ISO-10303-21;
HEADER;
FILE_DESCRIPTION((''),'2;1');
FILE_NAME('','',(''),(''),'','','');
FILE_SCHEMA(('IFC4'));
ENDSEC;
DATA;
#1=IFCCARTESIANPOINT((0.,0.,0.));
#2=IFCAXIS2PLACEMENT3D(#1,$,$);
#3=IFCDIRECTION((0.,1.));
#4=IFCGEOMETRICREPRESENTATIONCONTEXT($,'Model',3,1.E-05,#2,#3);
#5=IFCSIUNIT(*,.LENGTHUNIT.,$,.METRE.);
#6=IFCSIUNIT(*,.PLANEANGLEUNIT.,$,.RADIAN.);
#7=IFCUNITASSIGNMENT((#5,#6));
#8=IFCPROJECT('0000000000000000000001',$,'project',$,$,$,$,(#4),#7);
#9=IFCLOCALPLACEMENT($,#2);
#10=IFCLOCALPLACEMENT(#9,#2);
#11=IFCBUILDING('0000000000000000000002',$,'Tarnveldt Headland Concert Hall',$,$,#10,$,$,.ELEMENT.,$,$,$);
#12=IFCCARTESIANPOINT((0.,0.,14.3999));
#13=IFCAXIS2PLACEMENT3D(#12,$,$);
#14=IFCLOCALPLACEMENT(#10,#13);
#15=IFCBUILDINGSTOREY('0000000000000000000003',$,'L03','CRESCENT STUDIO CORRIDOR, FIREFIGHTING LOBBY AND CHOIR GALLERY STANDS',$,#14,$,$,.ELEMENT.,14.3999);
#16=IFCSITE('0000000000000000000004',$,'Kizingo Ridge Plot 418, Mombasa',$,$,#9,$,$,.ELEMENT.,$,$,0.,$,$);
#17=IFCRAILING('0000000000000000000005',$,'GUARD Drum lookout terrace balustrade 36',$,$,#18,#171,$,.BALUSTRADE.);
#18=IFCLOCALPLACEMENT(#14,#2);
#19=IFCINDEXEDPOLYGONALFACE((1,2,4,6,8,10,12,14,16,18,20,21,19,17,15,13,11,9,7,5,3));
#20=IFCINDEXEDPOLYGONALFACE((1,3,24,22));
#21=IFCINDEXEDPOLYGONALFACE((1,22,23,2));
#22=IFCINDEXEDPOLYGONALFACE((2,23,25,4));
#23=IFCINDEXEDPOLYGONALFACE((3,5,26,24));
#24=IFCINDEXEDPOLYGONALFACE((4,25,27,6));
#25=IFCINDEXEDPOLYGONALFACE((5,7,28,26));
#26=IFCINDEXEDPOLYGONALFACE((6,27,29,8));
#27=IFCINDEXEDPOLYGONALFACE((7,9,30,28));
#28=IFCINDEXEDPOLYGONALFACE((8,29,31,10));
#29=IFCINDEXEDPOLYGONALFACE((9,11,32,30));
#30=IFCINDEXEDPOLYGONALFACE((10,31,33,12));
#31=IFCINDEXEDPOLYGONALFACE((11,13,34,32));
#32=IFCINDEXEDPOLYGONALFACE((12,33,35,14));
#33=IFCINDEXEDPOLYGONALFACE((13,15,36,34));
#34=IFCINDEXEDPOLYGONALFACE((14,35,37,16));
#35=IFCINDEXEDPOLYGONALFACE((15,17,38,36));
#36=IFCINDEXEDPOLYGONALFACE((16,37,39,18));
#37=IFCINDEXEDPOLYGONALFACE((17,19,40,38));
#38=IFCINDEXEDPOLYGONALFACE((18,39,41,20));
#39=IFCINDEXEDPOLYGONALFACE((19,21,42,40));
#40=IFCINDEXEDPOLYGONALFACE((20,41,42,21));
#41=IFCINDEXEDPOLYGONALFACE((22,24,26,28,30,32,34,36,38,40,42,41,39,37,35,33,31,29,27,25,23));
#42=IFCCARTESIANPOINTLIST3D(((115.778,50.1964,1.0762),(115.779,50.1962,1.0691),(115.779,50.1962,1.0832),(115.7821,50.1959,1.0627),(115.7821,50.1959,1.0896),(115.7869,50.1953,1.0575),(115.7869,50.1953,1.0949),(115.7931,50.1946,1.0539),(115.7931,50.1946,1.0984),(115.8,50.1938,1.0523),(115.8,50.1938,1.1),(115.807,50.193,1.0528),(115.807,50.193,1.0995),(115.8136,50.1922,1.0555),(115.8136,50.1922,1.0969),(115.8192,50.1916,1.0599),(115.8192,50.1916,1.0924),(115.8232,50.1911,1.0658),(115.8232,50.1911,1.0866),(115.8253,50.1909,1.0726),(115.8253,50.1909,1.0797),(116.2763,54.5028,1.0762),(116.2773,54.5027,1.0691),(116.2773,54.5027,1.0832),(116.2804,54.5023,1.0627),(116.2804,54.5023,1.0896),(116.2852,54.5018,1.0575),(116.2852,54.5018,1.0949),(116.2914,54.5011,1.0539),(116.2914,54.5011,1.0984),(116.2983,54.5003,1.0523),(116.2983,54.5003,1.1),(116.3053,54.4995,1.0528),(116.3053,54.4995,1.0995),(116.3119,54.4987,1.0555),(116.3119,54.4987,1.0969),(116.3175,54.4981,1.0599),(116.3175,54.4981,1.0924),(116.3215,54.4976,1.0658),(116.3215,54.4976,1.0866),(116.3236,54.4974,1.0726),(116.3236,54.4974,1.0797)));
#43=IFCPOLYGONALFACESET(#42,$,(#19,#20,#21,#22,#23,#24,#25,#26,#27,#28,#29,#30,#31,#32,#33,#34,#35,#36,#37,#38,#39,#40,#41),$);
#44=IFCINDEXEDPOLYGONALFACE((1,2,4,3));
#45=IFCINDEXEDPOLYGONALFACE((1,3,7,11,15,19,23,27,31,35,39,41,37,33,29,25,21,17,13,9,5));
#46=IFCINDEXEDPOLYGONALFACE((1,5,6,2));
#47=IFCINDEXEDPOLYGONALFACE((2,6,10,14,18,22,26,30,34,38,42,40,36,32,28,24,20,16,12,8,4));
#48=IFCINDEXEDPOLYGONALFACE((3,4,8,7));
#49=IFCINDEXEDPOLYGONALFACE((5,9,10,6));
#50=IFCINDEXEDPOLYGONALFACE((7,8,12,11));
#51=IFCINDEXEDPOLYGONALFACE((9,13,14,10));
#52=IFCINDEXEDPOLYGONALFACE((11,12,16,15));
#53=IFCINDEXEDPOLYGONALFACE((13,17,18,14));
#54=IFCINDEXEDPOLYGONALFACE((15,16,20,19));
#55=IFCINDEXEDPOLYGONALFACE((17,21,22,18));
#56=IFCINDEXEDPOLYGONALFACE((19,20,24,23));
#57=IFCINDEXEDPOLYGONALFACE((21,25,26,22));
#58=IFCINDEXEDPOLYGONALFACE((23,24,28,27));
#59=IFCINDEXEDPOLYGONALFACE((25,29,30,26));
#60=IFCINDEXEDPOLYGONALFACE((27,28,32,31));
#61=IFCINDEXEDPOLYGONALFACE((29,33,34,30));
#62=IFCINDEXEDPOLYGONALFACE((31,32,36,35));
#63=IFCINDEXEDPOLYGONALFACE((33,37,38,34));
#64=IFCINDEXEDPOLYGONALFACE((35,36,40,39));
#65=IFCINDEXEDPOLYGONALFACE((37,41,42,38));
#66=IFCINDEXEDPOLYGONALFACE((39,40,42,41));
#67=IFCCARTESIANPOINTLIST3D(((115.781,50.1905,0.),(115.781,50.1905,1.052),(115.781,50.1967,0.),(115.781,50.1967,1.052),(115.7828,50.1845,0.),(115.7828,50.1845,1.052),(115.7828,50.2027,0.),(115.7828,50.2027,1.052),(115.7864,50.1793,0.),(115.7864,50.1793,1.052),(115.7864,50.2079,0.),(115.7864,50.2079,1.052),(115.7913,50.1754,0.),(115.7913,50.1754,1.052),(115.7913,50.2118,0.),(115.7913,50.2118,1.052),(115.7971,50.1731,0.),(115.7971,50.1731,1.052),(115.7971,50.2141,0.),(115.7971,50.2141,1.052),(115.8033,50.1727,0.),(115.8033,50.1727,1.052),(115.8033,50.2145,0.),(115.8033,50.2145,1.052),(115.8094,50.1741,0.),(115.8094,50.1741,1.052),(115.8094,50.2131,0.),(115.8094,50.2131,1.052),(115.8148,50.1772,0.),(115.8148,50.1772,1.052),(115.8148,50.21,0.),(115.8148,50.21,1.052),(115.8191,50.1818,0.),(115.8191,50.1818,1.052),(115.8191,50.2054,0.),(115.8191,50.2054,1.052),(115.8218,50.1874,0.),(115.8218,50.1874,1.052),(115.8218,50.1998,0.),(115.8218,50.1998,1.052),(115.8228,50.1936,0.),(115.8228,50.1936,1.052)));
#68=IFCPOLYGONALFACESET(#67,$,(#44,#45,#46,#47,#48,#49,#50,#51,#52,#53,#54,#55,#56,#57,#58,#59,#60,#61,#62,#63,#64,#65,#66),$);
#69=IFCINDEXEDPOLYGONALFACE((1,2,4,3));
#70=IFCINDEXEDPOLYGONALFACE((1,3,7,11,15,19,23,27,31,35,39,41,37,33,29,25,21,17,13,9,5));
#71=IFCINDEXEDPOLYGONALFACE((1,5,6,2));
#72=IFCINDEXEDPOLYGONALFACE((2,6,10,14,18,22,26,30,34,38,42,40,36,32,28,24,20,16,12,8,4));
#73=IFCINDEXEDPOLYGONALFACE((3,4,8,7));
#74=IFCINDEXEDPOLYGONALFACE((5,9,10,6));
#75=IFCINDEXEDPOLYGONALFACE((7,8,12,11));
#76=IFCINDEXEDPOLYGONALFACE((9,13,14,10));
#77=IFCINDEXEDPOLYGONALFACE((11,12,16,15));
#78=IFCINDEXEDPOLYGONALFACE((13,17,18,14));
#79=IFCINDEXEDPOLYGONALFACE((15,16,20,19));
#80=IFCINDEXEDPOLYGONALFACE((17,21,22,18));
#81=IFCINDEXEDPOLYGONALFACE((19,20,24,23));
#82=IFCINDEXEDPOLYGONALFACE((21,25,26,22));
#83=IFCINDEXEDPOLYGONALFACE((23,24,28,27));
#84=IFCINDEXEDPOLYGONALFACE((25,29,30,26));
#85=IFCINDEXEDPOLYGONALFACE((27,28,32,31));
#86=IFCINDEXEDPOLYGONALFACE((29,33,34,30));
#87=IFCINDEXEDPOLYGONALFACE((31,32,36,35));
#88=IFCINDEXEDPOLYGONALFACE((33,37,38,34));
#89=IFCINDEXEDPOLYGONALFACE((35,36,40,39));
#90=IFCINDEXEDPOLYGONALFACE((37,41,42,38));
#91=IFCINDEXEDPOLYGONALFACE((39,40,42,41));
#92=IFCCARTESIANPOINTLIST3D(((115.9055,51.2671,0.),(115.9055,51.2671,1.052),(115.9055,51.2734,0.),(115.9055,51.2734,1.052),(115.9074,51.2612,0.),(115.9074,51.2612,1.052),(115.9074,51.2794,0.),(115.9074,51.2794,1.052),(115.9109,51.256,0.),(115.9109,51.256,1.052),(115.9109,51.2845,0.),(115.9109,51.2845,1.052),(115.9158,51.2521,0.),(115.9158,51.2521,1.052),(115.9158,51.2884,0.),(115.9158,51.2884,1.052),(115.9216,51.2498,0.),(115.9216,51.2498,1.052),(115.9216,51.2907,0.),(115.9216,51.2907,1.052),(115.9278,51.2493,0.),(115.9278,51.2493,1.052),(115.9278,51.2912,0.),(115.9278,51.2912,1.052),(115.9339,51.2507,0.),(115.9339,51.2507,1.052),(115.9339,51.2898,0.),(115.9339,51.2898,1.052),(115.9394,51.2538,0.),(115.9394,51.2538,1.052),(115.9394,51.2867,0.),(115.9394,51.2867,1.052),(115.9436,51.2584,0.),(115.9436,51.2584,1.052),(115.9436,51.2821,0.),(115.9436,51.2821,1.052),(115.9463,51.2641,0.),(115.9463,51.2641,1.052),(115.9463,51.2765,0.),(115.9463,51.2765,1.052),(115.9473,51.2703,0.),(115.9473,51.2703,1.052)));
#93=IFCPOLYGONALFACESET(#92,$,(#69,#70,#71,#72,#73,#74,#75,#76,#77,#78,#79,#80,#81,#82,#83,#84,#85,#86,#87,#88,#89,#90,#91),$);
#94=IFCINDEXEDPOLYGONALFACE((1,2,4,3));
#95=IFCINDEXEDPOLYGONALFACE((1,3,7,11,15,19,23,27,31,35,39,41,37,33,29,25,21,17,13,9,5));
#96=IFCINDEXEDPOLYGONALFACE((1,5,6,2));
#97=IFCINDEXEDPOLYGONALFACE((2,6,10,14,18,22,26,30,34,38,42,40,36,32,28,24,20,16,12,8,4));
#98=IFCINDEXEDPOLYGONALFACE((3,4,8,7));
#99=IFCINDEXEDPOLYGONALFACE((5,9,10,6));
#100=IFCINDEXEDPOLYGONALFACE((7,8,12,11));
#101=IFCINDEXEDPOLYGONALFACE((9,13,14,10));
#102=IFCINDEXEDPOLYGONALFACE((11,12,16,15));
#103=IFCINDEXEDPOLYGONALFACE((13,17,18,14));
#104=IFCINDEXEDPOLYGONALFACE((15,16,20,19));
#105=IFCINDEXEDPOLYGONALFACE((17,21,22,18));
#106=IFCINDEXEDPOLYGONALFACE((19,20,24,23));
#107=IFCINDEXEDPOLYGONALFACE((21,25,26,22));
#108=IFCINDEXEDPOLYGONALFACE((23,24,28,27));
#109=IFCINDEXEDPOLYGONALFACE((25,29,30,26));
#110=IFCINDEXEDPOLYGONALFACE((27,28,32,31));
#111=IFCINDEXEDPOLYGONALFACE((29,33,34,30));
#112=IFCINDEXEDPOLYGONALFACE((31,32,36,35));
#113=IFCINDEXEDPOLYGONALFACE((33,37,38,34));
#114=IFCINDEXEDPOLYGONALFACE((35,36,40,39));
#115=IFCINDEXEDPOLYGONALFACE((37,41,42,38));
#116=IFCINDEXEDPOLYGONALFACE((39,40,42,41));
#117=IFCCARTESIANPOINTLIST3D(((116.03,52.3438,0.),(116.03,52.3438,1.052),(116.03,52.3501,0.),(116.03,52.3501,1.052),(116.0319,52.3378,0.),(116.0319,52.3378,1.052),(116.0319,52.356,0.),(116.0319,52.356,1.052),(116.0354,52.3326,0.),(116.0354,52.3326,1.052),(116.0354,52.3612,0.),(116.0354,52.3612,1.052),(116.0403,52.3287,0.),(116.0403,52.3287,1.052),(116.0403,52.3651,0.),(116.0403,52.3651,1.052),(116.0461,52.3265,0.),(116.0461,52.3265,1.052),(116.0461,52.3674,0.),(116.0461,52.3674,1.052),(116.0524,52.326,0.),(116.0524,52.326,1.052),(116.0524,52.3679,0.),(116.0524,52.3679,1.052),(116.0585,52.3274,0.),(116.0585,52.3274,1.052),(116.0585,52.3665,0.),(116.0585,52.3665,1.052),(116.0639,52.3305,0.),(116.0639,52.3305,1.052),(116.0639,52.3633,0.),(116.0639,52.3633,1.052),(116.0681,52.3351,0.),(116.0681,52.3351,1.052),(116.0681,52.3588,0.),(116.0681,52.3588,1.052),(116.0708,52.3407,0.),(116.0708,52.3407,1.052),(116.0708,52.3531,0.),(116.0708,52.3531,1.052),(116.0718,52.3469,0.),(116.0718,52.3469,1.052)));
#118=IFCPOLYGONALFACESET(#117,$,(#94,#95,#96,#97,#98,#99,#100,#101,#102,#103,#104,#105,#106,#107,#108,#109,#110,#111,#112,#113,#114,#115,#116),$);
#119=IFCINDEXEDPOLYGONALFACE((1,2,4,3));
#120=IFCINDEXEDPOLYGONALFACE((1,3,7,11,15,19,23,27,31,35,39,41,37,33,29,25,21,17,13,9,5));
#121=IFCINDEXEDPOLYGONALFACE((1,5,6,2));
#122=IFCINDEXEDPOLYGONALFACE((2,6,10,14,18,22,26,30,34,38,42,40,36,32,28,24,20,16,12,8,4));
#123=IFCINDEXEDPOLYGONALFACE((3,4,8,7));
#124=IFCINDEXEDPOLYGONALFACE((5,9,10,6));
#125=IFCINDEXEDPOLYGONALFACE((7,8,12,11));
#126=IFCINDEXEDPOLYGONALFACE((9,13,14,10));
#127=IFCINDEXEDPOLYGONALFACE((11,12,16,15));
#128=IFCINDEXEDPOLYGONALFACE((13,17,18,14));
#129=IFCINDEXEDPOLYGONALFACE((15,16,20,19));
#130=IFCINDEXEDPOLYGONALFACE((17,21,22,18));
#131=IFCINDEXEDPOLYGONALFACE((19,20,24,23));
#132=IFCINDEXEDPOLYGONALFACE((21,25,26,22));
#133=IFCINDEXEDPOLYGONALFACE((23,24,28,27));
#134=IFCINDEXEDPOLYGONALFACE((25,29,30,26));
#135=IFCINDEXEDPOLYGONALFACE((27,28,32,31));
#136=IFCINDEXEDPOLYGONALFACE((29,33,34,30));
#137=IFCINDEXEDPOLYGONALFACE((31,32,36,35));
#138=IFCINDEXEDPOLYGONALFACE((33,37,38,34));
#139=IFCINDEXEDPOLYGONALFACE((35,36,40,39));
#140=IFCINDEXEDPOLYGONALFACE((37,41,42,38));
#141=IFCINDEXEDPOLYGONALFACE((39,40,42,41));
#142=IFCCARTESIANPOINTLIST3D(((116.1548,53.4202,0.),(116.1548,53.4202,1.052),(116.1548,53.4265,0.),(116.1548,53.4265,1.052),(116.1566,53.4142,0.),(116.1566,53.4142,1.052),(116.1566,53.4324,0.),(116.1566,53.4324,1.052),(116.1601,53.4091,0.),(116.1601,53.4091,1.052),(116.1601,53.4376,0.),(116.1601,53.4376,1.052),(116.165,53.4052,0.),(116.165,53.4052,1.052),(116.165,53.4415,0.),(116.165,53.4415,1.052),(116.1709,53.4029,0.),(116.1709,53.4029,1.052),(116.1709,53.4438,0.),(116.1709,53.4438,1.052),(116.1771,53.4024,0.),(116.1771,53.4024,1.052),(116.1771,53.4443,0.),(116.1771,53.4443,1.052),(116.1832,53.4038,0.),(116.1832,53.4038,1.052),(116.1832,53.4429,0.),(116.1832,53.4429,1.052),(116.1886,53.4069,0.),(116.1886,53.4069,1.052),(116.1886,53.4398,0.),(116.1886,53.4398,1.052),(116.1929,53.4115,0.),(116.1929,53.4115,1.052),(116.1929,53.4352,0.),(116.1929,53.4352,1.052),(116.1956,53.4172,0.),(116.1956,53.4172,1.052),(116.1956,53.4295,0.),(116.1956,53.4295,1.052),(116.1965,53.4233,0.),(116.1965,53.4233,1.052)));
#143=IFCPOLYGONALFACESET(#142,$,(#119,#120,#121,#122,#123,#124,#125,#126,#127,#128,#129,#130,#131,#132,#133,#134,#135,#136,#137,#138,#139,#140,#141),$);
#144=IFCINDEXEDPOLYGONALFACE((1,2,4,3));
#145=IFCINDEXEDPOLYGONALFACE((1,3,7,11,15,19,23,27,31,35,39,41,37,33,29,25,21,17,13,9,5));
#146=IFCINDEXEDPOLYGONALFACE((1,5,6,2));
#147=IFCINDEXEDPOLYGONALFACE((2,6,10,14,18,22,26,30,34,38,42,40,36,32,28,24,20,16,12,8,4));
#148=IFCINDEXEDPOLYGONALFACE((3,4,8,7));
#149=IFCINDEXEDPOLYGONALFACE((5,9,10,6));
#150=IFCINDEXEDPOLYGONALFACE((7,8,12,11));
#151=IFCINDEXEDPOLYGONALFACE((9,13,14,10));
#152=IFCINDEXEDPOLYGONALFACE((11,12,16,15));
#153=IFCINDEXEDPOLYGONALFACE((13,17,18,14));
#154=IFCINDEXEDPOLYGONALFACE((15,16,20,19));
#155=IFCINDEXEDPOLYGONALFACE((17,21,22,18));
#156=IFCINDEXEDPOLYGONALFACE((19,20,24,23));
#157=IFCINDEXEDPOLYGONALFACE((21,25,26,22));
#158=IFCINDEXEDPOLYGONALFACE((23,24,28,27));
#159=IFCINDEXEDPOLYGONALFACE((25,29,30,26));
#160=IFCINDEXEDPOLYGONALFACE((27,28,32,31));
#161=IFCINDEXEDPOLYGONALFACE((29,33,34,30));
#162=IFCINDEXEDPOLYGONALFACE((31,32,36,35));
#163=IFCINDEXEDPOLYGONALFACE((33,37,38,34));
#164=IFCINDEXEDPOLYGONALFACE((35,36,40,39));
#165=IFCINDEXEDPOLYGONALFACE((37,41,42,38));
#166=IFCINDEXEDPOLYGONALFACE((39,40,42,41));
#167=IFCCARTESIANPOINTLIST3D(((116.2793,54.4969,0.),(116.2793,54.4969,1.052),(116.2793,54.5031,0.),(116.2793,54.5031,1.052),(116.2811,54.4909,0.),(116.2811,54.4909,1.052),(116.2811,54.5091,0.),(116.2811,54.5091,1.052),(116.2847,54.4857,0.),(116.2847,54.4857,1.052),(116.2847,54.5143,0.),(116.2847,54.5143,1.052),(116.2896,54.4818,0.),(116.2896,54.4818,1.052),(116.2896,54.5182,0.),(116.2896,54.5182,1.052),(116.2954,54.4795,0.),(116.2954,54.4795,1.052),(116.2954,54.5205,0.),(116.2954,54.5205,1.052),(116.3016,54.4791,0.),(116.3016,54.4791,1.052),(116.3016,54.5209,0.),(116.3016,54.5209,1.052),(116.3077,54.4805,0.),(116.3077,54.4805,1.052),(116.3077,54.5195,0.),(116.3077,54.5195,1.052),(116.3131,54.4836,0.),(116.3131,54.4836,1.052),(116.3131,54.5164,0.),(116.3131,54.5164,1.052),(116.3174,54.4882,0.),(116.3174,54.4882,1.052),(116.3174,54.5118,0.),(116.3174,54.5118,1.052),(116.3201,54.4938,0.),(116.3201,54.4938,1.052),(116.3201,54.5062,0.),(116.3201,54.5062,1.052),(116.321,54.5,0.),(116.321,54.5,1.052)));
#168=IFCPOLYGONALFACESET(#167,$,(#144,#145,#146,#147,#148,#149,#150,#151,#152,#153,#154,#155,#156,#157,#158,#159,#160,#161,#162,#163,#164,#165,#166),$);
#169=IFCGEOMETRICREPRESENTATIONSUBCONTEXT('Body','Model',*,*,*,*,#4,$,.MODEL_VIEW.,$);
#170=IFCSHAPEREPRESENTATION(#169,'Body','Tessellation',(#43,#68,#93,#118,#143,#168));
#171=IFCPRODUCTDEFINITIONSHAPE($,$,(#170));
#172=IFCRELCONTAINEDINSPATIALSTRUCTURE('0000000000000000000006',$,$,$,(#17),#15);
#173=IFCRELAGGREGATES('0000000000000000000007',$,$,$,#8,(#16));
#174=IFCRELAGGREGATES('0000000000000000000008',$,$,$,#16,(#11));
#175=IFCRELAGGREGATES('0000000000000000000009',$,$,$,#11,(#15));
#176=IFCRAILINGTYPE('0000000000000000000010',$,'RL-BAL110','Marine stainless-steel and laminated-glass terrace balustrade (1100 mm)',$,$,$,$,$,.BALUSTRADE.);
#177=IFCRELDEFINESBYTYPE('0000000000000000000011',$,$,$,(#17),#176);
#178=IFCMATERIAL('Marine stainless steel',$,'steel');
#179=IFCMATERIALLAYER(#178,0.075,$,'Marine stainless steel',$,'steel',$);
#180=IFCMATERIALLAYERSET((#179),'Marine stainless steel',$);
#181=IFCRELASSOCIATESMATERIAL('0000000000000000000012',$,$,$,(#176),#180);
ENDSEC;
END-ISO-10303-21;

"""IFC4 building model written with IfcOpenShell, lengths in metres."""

from ifc_helpers import new_model, si_unit, direction, frame, origin, origin_2d, place, context, subcontext, project, spatial, circle, extrude, material, layer, layer_set, type_object, element, save


model = new_model("IFC4")

# Units and contexts
model_context = context("Model", 3, precision=1e-05, world=origin(), true_north=direction((0.0, 1.0)))
body_context = subcontext(model_context, "Body", "Model", "MODEL_VIEW")
ifc_project = project(units=[si_unit("LENGTHUNIT", "METRE"), si_unit("PLANEANGLEUNIT", "RADIAN")], contexts=[model_context])

# Site, building, storey
site_placement = place(None, origin())
site = spatial("IfcSite", under=ifc_project, at=site_placement, Name="Kizingo Ridge Plot 418, Mombasa", CompositionType="ELEMENT", RefElevation=0.0)
building_placement = place(site_placement, origin())
building = spatial("IfcBuilding", under=site, at=building_placement, Name="Tarnveldt Headland Concert Hall", CompositionType="ELEMENT")
storey_placement = place(building_placement, frame((0.0, 0.0, 14.3999)))
storey = spatial("IfcBuildingStorey", under=building, at=storey_placement, Name="L03", Description="CRESCENT STUDIO CORRIDOR, FIREFIGHTING LOBBY AND CHOIR GALLERY STANDS", CompositionType="ELEMENT", Elevation=14.3999)

# Railing
ifc_material_1 = material(Name="Marine stainless steel", Category="steel")
ifc_layer_1 = layer(ifc_material_1, 0.075, Name="Marine stainless steel", Category="steel")
ifc_layer_set_1 = layer_set([ifc_layer_1], Name="Marine stainless steel")
railing_type_1 = type_object("IfcRailingType", Name="RL-BAL110", Description="Marine stainless-steel and laminated-glass terrace balustrade (1100 mm)", PredefinedType="BALUSTRADE", material=ifc_layer_set_1)
railing_1_placement = place(storey_placement, frame((115.8018, 50.1936, 0.0)))
element("IfcRailing", 1, at=railing_1_placement, inside=storey, type_object=railing_type_1, Name="GUARD Drum lookout terrace balustrade 36", PredefinedType="BALUSTRADE", context=body_context, shape_type="SweptSolid", body=[
    extrude(circle(Radius=0.0239, at=origin_2d()), frame((0.0, 0.0, 1.0762), z_axis=(0.114943, 0.993372, 0.0), x_axis=(-0.993372, 0.114943, 0.0)), (0.0, 0.0, 1.0), 4.3352),
    extrude(circle(Radius=0.021, at=origin_2d()), origin(), (0.0, 0.0, 1.0), 1.052),
    extrude(circle(Radius=0.021, at=origin_2d()), frame((0.1245, 1.0767, 0.0)), (0.0, 0.0, 1.0), 1.052),
    extrude(circle(Radius=0.021, at=origin_2d()), frame((0.249, 2.1533, 0.0)), (0.0, 0.0, 1.0), 1.052),
    extrude(circle(Radius=0.021, at=origin_2d()), frame((0.3738, 3.2297, 0.0)), (0.0, 0.0, 1.0), 1.052),
    extrude(circle(Radius=0.021, at=origin_2d()), frame((0.4983, 4.3064, 0.0)), (0.0, 0.0, 1.0), 1.052),
])

save(model, "model.ifc")
